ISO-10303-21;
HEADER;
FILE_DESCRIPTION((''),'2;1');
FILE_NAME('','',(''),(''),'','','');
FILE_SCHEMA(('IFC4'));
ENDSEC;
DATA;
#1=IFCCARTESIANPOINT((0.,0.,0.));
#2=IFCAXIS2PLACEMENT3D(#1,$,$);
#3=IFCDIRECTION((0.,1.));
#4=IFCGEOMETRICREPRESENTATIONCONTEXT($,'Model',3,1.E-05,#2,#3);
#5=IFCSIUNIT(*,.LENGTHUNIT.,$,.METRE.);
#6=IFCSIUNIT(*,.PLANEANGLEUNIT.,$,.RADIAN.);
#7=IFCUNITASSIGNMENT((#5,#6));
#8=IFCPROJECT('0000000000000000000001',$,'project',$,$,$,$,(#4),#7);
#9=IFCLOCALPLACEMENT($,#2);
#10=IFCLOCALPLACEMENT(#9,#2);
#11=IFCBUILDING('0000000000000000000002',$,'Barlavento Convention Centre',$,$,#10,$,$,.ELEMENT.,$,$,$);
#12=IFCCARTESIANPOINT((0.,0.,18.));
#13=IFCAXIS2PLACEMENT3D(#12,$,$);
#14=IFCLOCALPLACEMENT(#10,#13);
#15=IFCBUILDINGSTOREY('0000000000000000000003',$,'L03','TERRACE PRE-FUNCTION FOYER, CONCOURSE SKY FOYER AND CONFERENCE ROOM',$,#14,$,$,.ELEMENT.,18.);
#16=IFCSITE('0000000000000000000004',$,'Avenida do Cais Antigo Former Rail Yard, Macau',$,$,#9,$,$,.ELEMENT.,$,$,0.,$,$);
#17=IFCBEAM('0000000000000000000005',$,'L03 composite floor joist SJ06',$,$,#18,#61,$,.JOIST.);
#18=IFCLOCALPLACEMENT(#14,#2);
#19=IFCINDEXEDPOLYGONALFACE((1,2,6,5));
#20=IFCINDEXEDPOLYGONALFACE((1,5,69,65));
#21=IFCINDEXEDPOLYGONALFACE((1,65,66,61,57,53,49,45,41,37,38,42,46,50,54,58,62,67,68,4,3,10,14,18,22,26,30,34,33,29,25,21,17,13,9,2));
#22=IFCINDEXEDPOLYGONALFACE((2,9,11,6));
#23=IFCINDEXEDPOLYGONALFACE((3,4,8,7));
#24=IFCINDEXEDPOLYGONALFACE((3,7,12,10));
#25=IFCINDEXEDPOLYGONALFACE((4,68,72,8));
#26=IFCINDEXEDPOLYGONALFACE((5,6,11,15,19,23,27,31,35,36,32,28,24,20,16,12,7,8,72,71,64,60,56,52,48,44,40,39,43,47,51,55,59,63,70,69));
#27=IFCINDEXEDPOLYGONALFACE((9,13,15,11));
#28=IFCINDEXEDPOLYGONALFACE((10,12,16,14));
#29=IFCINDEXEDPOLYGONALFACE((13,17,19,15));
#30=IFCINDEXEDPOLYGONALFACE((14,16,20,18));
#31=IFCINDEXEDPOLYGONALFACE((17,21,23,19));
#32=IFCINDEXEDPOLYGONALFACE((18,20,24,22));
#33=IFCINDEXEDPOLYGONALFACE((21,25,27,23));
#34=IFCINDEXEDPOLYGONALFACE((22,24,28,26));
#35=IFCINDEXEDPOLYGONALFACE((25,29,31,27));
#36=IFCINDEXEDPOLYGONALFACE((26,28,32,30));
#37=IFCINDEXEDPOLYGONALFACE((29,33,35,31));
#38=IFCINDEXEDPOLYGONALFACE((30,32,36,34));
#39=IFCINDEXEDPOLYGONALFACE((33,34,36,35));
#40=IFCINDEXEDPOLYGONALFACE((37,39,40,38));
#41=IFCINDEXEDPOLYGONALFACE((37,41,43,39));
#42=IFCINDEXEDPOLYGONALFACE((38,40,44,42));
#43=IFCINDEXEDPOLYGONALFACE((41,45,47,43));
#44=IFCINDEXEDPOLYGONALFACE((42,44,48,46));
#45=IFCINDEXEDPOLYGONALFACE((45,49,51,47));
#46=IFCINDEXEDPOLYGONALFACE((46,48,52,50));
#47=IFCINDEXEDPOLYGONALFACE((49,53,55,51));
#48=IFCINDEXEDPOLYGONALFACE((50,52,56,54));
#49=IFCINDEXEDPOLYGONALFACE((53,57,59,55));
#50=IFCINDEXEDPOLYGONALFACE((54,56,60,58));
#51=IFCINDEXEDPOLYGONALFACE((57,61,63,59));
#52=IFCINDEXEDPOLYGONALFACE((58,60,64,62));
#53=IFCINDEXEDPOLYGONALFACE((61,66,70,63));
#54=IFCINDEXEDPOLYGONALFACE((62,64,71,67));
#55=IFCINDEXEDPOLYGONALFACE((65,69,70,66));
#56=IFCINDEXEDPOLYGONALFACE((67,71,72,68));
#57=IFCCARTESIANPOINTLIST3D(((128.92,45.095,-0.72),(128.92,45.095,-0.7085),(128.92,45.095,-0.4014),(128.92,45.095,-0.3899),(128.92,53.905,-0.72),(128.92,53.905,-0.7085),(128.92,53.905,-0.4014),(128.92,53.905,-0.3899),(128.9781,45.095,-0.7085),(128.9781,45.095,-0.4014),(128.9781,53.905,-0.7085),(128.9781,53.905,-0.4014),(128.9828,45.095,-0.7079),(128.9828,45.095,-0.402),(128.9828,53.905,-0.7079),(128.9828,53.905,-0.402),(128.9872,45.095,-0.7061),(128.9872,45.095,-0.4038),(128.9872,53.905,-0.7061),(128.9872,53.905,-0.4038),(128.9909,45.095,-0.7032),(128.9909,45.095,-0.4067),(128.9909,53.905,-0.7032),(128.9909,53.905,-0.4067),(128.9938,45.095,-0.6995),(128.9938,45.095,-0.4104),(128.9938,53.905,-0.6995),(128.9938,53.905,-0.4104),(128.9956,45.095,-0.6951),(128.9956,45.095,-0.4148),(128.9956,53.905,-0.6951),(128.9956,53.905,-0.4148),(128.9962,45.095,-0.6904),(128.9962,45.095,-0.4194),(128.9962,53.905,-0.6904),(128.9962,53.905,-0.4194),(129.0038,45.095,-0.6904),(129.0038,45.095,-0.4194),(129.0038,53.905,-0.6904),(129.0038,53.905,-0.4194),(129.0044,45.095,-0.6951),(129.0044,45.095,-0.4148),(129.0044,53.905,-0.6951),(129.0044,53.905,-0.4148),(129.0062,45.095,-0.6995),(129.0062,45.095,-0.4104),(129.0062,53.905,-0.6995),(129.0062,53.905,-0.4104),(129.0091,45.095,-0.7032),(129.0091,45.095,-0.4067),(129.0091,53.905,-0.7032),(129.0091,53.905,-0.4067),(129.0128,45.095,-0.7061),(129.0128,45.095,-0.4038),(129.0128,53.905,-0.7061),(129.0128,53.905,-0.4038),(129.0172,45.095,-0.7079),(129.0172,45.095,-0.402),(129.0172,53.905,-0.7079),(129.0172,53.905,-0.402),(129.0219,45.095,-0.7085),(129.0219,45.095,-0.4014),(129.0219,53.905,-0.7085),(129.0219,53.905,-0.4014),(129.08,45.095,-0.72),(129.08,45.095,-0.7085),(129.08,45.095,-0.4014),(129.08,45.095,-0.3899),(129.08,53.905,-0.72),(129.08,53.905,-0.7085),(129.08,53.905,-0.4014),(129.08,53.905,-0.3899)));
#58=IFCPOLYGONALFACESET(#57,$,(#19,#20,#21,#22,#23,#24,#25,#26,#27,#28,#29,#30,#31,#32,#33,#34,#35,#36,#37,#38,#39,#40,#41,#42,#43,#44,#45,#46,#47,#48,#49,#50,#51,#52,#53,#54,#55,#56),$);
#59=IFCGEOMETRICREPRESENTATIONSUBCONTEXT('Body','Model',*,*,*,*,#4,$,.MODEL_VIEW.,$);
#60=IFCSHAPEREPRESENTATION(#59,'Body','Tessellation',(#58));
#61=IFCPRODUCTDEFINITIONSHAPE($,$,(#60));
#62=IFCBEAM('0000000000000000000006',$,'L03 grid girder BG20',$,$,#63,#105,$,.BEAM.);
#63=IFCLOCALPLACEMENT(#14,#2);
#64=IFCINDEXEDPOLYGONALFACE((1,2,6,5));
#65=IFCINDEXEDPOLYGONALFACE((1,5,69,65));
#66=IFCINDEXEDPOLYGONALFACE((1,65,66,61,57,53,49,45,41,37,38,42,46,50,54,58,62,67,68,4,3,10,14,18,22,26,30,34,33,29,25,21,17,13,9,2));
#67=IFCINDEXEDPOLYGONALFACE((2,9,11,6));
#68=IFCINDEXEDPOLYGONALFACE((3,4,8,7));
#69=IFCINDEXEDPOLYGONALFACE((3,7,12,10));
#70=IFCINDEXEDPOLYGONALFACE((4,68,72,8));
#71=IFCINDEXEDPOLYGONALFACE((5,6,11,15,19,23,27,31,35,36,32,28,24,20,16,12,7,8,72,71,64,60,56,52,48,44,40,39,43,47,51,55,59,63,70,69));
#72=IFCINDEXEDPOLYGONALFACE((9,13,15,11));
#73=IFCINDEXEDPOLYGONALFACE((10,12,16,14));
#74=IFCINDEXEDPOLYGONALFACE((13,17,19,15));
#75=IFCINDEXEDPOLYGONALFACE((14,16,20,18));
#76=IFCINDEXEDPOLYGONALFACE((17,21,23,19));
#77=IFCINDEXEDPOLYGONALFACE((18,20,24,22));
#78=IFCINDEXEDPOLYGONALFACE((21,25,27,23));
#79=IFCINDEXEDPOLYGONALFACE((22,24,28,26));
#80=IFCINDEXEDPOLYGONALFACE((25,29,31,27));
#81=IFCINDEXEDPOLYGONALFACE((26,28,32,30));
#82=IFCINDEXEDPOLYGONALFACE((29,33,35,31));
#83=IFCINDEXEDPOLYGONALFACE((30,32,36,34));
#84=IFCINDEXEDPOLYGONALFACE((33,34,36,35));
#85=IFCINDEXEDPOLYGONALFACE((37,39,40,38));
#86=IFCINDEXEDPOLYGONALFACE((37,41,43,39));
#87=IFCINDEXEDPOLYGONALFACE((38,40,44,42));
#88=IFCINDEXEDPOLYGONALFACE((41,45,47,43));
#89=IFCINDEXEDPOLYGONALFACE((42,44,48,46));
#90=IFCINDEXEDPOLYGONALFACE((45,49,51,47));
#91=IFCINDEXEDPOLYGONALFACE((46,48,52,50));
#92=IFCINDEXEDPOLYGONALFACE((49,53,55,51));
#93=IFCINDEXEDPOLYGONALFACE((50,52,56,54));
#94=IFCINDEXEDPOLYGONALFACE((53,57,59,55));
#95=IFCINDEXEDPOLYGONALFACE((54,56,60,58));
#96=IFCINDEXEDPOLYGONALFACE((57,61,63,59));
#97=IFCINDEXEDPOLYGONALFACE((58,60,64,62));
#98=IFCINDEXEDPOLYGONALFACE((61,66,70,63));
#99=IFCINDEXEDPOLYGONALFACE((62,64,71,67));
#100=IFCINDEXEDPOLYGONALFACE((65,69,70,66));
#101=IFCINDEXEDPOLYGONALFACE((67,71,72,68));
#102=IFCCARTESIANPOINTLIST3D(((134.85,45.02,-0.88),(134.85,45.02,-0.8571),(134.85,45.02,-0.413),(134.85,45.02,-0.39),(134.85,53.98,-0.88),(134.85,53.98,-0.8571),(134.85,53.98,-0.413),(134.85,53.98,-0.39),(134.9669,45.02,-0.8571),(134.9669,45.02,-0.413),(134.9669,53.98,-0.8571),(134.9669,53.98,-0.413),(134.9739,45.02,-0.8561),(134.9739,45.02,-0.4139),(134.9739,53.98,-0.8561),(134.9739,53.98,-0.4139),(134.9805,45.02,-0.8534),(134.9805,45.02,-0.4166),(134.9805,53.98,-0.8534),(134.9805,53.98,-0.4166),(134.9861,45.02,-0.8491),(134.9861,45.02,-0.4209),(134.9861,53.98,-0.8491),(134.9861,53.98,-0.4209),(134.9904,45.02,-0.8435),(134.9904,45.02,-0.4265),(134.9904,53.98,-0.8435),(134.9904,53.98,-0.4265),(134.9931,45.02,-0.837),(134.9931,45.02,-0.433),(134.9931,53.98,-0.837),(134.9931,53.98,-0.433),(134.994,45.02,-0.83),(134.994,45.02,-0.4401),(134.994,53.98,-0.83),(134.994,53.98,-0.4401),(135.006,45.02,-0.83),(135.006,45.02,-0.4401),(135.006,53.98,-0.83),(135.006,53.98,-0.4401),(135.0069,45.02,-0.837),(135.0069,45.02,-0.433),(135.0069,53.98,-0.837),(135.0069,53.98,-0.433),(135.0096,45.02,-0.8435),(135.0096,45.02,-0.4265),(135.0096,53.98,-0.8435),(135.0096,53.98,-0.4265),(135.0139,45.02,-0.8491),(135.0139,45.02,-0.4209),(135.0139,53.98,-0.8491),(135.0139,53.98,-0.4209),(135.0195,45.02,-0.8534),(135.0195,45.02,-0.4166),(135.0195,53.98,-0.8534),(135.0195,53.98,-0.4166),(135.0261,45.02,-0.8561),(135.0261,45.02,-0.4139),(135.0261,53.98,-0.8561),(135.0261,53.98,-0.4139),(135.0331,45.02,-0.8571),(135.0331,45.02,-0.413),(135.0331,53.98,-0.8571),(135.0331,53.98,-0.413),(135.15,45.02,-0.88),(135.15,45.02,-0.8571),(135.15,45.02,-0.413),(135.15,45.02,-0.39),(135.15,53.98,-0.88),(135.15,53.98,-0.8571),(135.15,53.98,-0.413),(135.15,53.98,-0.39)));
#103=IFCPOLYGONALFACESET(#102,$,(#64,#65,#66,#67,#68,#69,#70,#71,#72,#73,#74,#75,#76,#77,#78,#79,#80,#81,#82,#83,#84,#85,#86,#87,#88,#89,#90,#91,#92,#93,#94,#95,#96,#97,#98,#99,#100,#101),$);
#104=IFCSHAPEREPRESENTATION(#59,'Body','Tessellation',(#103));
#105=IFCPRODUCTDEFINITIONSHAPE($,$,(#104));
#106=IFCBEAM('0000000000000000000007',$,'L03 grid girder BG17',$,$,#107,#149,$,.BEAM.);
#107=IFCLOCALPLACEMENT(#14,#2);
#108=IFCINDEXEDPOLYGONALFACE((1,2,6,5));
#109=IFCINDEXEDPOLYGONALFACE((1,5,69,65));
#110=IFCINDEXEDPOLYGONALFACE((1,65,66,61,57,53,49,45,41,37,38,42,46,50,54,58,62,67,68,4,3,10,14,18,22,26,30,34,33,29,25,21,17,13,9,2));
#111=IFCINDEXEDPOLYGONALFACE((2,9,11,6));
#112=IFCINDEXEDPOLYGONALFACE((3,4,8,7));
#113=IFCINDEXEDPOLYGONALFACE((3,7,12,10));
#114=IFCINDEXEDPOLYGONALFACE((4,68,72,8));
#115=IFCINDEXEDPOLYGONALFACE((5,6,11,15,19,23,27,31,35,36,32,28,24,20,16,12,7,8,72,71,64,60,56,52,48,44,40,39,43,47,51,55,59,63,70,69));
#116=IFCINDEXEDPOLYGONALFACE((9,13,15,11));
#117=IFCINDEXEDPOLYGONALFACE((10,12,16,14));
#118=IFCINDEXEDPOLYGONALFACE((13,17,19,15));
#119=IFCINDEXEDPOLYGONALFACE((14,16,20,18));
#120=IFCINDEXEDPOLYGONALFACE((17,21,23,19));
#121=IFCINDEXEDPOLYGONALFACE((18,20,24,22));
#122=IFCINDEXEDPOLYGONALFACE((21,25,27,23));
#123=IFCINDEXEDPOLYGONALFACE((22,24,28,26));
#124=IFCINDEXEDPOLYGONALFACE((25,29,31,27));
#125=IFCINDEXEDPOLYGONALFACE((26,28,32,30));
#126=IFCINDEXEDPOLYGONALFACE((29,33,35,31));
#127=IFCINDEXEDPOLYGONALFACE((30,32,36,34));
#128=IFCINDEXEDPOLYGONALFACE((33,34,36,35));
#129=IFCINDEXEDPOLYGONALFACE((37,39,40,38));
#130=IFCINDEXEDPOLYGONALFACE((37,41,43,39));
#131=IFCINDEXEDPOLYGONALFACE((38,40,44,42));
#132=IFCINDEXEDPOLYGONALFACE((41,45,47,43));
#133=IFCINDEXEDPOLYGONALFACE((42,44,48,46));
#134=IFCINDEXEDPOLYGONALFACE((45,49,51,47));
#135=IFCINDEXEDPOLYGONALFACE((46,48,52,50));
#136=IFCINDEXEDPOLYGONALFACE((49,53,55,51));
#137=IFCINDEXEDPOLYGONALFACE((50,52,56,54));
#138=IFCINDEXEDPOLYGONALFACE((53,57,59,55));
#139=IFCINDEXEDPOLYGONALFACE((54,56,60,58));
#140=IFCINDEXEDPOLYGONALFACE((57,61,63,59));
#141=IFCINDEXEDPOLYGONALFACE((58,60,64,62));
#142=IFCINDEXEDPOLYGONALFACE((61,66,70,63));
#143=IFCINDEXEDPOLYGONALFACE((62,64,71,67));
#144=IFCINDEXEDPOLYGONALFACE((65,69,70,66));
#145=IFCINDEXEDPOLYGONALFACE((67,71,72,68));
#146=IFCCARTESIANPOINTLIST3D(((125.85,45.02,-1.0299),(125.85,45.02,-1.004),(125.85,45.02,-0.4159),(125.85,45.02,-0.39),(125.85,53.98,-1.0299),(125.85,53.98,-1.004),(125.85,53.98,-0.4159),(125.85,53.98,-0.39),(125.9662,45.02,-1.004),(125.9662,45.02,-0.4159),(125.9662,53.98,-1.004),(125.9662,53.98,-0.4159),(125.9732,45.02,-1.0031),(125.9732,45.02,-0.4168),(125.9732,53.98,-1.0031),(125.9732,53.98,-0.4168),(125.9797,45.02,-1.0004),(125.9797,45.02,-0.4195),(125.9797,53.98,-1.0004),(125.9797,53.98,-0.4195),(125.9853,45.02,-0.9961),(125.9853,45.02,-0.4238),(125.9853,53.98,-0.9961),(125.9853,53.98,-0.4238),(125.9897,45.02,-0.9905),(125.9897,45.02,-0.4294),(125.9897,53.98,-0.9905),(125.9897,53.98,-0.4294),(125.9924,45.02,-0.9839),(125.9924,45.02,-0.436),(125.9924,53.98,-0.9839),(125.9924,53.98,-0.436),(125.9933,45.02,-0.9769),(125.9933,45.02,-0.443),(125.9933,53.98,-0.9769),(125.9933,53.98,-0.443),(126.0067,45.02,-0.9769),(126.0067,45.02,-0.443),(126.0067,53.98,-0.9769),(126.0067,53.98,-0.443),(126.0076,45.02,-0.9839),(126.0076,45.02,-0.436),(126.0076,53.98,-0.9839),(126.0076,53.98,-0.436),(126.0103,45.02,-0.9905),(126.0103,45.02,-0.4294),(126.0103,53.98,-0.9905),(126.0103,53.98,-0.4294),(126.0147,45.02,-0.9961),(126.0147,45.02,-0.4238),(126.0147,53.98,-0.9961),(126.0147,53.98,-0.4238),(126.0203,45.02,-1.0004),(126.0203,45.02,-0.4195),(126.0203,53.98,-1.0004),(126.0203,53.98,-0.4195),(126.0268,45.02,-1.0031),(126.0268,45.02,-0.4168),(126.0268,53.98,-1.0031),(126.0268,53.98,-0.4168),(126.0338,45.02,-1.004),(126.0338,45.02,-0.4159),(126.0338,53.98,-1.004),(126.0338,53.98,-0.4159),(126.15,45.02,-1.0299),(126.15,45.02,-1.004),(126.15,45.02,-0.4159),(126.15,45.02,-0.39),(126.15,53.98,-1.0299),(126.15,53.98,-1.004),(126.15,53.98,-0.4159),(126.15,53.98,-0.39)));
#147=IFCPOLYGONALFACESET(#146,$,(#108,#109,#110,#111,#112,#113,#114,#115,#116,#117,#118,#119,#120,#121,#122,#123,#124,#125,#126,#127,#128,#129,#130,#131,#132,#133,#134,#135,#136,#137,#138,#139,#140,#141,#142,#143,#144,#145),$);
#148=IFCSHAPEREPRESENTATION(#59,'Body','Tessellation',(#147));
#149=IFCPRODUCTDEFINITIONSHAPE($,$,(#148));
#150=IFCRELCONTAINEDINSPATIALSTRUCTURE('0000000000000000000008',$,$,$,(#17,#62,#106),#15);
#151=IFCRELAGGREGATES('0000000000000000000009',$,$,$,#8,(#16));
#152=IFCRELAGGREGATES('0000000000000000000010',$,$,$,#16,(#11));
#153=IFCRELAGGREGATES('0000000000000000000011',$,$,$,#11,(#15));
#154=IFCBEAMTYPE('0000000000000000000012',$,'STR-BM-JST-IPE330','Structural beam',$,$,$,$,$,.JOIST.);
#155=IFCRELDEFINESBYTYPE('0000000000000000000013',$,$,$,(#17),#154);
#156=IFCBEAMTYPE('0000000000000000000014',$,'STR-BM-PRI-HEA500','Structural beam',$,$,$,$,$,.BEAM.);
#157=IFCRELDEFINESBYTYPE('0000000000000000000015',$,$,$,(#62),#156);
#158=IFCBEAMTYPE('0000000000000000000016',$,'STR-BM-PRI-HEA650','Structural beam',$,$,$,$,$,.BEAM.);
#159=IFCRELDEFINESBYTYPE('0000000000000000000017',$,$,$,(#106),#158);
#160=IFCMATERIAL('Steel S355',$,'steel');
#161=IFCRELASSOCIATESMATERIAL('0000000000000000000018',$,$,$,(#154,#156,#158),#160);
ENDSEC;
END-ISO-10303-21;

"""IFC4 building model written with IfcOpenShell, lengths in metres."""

from ifc_helpers import new_model, si_unit, direction, frame, origin, origin_2d, place, context, subcontext, project, spatial, i_section, extrude, material, material_profile, profile_set, type_object, element, save


model = new_model("IFC4")

# Units and contexts
model_context = context("Model", 3, precision=1e-05, world=origin(), true_north=direction((0.0, 1.0)))
body_context = subcontext(model_context, "Body", "Model", "MODEL_VIEW")
ifc_project = project(units=[si_unit("LENGTHUNIT", "METRE"), si_unit("PLANEANGLEUNIT", "RADIAN")], contexts=[model_context])

# Site, building, storey
site_placement = place(None, origin())
site = spatial("IfcSite", under=ifc_project, at=site_placement, Name="Avenida do Cais Antigo Former Rail Yard, Macau", CompositionType="ELEMENT", RefElevation=0.0)
building_placement = place(site_placement, origin())
building = spatial("IfcBuilding", under=site, at=building_placement, Name="Barlavento Convention Centre", CompositionType="ELEMENT")
storey_placement = place(building_placement, frame((0.0, 0.0, 18.0)))
storey = spatial("IfcBuildingStorey", under=building, at=storey_placement, Name="L03", Description="TERRACE PRE-FUNCTION FOYER, CONCOURSE SKY FOYER AND CONFERENCE ROOM", CompositionType="ELEMENT", Elevation=18.0)

# Shared definitions
ifc_material_1 = material(Name="Steel S355", Category="steel")

# Beams
ifc_material_profile_1 = material_profile(ifc_material_1, i_section(OverallWidth=0.1599, OverallDepth=0.3301, WebThickness=0.0076, FlangeThickness=0.0115, FilletRadius=0.0181, at=origin_2d()), Name="IPE 330")
ifc_profile_set_1 = profile_set([ifc_material_profile_1], Name="Steel S355")
beam_type_1 = type_object("IfcBeamType", Name="STR-BM-JST-IPE330", Description="Structural beam", PredefinedType="JOIST", material=ifc_profile_set_1)
beam_1_placement = place(storey_placement, frame((129.0, 45.095, -0.5549), z_axis=(0.0, 1.0, 0.0), x_axis=(-1.0, 0.0, 0.0)))
element("IfcBeam", 1, at=beam_1_placement, inside=storey, type_object=beam_type_1, Name="L03 composite floor joist SJ06", PredefinedType="JOIST", context=body_context, shape_type="SweptSolid", body=[
    extrude(i_section(OverallWidth=0.1599, OverallDepth=0.3301, WebThickness=0.0076, FlangeThickness=0.0115, FilletRadius=0.0181, at=origin_2d()), origin(), (0.0, 0.0, 1.0), 8.8101),
])
ifc_material_profile_2 = material_profile(ifc_material_1, i_section(OverallWidth=0.3, OverallDepth=0.49, WebThickness=0.012, FlangeThickness=0.0229, FilletRadius=0.0271, at=origin_2d()), Name="HEA 500")
ifc_profile_set_2 = profile_set([ifc_material_profile_2], Name="Steel S355")
beam_type_2 = type_object("IfcBeamType", Name="STR-BM-PRI-HEA500", Description="Structural beam", PredefinedType="BEAM", material=ifc_profile_set_2)
beam_2_placement = place(storey_placement, frame((135.0, 45.02, -0.635), z_axis=(0.0, 1.0, 0.0), x_axis=(-1.0, 0.0, 0.0)))
element("IfcBeam", 2, at=beam_2_placement, inside=storey, type_object=beam_type_2, Name="L03 grid girder BG20", PredefinedType="BEAM", context=body_context, shape_type="SweptSolid", body=[
    extrude(i_section(OverallWidth=0.3, OverallDepth=0.49, WebThickness=0.012, FlangeThickness=0.0229, FilletRadius=0.0271, at=origin_2d()), origin(), (0.0, 0.0, 1.0), 8.96),
])
ifc_material_profile_3 = material_profile(ifc_material_1, i_section(OverallWidth=0.3, OverallDepth=0.6399, WebThickness=0.0134, FlangeThickness=0.0259, FilletRadius=0.0271, at=origin_2d()), Name="HEA 650")
ifc_profile_set_3 = profile_set([ifc_material_profile_3], Name="Steel S355")
beam_type_3 = type_object("IfcBeamType", Name="STR-BM-PRI-HEA650", Description="Structural beam", PredefinedType="BEAM", material=ifc_profile_set_3)
beam_3_placement = place(storey_placement, frame((126.0, 45.02, -0.71), z_axis=(0.0, 1.0, 0.0), x_axis=(-1.0, 0.0, 0.0)))
element("IfcBeam", 3, at=beam_3_placement, inside=storey, type_object=beam_type_3, Name="L03 grid girder BG17", PredefinedType="BEAM", context=body_context, shape_type="SweptSolid", body=[
    extrude(i_section(OverallWidth=0.3, OverallDepth=0.6399, WebThickness=0.0134, FlangeThickness=0.0259, FilletRadius=0.0271, at=origin_2d()), origin(), (0.0, 0.0, 1.0), 8.96),
])

save(model, "model.ifc")
